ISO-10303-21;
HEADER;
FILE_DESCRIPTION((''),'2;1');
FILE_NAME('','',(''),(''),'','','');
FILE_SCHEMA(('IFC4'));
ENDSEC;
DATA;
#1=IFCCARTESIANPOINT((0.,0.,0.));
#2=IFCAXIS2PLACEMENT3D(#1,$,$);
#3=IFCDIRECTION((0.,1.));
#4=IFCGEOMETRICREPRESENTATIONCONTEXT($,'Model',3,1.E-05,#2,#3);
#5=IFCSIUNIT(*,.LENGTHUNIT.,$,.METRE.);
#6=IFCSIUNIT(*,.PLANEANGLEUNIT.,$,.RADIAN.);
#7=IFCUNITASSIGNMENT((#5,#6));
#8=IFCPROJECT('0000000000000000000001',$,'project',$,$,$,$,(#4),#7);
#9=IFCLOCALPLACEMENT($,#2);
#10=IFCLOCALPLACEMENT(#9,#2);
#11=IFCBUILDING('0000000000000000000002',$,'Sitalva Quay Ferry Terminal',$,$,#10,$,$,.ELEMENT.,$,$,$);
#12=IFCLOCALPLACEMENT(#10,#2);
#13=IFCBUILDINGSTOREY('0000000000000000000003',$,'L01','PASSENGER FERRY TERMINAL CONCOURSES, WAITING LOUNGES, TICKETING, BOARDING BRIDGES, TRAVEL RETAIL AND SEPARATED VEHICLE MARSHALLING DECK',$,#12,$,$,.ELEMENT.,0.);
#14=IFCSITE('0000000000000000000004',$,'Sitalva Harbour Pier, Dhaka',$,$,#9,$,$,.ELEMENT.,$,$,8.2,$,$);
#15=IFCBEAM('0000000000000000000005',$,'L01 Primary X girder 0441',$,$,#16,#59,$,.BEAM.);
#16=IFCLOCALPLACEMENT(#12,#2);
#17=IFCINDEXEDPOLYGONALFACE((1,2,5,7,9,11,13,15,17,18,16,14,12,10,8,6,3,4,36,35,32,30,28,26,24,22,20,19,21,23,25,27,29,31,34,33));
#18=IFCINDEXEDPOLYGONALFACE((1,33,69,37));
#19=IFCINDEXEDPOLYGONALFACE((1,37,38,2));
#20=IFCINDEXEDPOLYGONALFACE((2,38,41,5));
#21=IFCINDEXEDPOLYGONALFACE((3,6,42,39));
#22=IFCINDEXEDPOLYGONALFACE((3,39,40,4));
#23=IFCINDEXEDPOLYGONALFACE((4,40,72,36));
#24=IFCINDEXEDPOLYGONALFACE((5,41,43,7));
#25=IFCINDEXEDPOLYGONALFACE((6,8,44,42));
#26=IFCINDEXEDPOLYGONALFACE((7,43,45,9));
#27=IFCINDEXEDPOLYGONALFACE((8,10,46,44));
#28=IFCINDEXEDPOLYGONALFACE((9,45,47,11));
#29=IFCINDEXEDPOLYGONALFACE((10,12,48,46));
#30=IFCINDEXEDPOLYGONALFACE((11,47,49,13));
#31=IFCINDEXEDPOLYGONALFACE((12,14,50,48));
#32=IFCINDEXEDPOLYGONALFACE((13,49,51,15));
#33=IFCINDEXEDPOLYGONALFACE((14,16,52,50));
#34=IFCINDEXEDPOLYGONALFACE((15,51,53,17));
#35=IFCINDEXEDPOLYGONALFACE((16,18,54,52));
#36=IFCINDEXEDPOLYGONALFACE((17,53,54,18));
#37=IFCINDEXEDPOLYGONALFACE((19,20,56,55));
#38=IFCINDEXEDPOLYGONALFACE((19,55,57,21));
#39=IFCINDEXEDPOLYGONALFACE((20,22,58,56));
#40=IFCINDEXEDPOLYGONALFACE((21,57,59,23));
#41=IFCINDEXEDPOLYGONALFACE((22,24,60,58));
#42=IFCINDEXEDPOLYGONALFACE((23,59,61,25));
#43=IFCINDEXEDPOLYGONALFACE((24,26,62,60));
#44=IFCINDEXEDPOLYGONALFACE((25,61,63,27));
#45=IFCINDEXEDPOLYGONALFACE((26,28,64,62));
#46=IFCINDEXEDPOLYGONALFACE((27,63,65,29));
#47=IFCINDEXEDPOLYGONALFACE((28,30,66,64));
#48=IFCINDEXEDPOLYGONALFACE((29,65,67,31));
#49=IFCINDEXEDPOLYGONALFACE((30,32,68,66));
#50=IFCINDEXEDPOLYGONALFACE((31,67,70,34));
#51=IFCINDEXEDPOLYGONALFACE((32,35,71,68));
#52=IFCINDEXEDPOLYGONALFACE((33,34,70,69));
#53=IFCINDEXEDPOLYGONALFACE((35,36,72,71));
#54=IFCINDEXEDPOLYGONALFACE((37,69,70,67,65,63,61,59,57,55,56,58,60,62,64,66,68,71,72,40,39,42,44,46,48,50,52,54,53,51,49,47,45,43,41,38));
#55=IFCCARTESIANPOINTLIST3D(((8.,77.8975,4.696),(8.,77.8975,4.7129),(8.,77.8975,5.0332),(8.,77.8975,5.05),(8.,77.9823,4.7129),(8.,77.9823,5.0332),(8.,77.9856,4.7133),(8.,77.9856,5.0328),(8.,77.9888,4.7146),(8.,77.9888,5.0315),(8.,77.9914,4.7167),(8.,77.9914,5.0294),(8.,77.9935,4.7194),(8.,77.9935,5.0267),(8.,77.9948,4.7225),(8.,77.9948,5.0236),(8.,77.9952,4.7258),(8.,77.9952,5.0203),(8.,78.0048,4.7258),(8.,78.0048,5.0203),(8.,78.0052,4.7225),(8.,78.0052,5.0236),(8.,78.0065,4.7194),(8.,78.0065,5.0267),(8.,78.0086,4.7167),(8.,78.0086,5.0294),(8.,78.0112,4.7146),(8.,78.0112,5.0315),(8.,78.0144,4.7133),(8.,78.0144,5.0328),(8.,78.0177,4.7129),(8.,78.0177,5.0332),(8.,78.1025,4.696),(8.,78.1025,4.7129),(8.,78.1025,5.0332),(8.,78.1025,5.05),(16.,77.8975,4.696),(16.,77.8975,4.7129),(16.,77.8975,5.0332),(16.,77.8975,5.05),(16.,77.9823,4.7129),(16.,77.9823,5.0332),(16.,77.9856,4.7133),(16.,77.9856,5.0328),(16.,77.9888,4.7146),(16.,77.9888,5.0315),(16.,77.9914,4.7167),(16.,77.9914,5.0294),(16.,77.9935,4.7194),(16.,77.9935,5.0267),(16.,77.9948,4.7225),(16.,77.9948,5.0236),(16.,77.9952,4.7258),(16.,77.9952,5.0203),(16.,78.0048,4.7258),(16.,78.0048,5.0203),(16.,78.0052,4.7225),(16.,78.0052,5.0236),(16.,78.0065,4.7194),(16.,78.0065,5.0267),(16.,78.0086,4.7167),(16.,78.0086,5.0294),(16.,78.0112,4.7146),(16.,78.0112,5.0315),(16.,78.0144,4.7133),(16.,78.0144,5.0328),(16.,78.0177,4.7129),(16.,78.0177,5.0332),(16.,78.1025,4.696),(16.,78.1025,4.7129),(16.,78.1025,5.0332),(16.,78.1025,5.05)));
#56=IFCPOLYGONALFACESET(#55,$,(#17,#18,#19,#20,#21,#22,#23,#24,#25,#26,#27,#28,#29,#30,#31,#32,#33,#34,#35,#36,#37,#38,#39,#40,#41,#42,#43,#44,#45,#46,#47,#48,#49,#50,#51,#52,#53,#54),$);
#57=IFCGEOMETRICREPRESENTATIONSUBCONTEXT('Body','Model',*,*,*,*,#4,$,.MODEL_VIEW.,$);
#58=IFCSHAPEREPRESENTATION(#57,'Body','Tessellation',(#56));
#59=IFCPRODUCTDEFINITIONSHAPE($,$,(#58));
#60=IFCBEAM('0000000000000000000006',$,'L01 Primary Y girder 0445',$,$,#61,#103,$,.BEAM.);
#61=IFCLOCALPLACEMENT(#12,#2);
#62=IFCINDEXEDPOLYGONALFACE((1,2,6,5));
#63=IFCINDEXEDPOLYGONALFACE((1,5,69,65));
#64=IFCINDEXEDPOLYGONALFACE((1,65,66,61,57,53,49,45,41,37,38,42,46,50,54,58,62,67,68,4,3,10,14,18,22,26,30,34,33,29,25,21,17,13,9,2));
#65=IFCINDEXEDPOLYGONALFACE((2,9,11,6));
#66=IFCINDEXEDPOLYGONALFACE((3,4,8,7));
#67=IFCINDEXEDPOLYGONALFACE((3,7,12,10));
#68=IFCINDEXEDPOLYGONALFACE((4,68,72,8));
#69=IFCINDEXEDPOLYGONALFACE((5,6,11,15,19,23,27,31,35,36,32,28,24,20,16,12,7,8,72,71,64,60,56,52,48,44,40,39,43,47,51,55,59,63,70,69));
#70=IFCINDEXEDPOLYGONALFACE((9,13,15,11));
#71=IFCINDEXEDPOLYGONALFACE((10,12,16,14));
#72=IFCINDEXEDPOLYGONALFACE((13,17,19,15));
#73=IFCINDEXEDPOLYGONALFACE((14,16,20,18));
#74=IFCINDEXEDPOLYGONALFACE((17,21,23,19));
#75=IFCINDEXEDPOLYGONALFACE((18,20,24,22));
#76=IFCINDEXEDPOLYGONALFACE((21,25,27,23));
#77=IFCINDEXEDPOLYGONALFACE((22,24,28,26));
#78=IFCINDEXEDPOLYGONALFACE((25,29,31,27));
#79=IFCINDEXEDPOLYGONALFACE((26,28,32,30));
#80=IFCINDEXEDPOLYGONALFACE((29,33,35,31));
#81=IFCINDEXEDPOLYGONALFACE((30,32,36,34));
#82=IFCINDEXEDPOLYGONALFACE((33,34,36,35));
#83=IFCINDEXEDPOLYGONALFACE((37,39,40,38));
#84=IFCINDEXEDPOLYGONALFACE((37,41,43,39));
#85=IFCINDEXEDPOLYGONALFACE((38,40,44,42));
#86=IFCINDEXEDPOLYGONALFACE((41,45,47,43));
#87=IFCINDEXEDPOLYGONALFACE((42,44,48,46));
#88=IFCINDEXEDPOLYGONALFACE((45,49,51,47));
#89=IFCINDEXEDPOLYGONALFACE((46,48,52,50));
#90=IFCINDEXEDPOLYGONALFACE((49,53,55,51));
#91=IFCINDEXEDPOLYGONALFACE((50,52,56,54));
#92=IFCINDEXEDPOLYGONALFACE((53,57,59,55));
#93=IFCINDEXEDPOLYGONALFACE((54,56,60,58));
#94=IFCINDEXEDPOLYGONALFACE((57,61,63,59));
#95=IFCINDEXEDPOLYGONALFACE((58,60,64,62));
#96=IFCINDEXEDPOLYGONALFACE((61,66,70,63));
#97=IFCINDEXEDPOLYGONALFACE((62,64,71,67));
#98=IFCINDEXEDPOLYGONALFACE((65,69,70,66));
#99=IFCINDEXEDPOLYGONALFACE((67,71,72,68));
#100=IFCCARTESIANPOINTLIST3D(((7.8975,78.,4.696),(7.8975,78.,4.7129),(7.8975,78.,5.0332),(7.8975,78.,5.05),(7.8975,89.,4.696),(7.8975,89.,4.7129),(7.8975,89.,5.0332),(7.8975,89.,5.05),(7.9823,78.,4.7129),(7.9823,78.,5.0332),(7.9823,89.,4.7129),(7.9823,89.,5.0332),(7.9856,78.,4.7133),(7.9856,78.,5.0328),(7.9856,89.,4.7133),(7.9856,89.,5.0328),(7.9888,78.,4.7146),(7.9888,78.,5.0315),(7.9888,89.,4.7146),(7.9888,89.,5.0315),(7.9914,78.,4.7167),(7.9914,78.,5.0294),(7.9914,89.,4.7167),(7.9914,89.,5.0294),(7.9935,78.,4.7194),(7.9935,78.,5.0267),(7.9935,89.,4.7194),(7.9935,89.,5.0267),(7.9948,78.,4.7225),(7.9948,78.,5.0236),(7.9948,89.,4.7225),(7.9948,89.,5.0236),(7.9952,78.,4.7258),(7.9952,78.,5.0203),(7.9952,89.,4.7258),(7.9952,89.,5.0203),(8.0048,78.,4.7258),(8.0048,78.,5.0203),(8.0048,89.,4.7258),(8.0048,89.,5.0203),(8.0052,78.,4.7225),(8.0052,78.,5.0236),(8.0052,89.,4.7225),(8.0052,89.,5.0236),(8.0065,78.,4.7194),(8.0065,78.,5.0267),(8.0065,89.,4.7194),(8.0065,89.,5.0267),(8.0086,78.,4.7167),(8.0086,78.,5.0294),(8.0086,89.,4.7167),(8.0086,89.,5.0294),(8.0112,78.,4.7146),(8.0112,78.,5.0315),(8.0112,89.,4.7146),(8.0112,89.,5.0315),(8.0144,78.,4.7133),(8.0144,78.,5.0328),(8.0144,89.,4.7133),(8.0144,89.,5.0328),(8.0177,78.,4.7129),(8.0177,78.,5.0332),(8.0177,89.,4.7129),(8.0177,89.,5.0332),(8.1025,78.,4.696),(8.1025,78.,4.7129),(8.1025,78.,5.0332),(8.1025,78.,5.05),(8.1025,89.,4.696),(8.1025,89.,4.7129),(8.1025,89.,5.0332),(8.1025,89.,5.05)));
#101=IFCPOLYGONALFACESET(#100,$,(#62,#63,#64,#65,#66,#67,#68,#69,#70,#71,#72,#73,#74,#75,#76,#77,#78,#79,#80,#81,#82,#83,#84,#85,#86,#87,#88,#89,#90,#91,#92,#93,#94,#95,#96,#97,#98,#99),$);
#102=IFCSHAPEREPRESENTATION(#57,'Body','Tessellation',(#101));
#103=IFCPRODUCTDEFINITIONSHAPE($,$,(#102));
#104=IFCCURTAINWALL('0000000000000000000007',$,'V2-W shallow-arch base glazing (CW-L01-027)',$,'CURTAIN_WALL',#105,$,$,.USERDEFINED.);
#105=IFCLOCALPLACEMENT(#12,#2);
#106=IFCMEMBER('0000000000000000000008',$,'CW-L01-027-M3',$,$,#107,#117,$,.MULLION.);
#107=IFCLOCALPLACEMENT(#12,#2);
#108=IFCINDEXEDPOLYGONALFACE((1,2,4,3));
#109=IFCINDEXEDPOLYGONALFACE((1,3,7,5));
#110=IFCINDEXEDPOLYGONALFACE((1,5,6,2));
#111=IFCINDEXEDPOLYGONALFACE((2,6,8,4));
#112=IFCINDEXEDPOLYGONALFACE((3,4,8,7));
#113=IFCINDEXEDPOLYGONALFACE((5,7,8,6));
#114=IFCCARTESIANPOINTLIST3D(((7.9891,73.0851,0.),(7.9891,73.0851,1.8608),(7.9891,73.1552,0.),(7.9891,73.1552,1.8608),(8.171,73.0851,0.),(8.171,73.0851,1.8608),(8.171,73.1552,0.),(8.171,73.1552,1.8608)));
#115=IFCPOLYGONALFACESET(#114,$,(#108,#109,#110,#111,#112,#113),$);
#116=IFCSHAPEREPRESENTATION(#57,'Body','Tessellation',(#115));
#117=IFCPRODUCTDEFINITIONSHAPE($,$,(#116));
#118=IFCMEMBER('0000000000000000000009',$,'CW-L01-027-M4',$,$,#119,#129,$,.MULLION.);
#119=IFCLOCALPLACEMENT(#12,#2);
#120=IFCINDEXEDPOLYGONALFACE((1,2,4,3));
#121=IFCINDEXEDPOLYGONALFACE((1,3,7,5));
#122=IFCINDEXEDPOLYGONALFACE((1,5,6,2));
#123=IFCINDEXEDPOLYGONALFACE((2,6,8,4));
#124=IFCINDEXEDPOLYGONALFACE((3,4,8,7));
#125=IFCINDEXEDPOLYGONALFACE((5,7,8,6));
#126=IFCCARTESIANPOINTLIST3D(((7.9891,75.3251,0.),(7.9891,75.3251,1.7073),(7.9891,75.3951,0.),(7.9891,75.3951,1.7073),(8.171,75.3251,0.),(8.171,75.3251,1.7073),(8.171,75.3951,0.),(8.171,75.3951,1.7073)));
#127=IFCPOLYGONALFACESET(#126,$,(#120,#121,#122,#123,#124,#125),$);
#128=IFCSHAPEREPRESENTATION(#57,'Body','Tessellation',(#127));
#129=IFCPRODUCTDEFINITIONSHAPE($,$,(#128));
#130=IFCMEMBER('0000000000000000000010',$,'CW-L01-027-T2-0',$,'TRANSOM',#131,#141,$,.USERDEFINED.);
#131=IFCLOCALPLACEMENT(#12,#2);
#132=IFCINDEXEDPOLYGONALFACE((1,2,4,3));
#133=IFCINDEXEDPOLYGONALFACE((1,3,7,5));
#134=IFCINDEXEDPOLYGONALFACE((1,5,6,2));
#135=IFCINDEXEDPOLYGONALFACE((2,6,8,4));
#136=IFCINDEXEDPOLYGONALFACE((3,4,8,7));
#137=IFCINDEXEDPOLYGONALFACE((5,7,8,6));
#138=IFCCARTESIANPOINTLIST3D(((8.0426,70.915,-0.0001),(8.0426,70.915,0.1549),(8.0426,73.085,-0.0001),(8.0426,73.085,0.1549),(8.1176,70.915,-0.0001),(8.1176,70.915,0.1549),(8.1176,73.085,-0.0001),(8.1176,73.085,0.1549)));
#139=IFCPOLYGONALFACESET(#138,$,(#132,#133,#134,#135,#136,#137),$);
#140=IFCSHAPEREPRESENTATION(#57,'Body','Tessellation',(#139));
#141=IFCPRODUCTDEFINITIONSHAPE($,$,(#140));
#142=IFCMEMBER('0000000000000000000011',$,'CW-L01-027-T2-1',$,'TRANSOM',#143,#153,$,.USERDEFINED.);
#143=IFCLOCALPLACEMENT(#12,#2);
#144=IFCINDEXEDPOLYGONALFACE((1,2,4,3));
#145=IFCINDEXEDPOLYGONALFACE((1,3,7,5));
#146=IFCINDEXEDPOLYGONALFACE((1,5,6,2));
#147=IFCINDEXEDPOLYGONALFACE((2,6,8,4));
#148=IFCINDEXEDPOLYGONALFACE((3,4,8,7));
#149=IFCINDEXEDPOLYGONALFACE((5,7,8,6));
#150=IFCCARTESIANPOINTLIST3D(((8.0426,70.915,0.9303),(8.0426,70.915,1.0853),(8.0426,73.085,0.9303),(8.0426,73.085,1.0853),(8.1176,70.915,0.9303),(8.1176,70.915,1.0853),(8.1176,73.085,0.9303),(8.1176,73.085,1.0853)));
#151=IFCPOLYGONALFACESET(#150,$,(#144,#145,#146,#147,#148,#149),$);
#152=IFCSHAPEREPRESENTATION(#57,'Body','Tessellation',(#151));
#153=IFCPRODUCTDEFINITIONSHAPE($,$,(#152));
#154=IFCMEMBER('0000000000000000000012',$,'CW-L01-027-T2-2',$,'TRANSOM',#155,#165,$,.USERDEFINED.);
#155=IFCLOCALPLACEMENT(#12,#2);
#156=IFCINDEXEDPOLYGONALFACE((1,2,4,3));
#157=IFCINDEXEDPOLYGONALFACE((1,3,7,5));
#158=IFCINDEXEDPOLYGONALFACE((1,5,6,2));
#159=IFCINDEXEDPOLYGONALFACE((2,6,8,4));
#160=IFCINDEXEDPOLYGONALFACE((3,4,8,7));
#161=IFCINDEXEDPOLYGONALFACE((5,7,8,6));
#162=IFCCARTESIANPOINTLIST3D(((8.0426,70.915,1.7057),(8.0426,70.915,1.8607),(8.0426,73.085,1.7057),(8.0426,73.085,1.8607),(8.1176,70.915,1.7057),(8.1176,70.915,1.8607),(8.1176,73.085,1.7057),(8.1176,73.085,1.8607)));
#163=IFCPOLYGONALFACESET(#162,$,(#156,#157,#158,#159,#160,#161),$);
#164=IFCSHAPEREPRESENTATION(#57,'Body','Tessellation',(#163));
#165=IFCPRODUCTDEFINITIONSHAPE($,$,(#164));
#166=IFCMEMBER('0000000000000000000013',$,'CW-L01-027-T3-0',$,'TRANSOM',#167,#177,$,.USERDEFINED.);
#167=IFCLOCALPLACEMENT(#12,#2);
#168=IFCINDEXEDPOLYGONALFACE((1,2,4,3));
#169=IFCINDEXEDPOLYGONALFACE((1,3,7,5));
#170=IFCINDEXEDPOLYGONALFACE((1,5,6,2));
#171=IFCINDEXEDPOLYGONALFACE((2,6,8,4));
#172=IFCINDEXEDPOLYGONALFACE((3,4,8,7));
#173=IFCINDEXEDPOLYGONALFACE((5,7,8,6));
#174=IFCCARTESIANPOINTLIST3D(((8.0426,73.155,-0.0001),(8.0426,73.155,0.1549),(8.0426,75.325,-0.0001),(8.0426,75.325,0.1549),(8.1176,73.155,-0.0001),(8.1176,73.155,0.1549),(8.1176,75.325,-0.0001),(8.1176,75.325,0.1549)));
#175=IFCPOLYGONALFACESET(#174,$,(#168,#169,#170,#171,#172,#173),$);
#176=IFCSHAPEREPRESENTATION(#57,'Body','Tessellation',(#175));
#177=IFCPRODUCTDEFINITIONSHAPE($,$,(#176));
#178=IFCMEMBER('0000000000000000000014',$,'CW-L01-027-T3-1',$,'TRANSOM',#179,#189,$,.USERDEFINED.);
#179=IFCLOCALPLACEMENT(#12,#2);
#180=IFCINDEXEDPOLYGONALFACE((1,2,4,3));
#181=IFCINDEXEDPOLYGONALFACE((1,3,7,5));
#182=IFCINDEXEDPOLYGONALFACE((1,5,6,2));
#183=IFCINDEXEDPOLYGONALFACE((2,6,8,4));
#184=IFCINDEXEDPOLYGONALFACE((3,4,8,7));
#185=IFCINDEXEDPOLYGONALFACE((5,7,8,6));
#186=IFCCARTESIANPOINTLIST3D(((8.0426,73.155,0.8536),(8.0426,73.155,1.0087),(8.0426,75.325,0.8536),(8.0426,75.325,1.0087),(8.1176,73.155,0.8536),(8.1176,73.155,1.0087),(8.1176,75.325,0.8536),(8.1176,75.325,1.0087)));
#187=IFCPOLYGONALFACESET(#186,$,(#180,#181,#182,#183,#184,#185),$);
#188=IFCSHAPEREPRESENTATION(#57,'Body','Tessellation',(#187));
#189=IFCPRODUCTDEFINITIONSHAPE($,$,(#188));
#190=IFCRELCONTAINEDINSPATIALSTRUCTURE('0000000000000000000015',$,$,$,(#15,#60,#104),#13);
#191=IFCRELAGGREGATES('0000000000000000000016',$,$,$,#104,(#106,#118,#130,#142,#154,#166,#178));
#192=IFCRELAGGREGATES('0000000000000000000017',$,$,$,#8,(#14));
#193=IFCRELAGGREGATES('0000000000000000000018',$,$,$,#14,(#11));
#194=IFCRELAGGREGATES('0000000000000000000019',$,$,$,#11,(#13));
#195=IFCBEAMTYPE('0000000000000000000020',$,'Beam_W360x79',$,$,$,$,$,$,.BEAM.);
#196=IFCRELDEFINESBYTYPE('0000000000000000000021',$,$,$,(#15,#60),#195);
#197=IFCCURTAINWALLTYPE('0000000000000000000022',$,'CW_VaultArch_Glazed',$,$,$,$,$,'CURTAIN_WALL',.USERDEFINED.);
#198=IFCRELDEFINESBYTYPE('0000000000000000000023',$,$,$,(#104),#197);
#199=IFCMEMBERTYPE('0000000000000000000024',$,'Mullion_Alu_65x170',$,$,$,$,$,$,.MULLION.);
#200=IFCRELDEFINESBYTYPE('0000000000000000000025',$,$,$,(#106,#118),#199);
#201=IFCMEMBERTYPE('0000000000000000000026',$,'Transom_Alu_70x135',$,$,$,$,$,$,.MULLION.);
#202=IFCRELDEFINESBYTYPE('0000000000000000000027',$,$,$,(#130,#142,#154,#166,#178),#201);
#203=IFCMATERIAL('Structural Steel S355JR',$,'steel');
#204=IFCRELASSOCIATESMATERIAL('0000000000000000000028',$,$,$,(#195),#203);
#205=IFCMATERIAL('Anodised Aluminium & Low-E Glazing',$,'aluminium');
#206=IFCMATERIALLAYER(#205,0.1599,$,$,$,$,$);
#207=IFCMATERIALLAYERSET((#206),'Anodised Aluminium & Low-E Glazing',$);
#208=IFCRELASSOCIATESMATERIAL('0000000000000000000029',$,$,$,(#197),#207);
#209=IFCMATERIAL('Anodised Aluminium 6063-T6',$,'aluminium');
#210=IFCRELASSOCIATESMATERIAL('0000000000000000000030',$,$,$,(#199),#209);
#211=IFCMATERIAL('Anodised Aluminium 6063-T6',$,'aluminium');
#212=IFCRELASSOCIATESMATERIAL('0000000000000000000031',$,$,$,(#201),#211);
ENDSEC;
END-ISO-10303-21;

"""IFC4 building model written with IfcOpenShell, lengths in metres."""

from ifc_helpers import new_model, si_unit, direction, frame, origin, origin_2d, place, context, subcontext, project, spatial, rectangle, i_section, extrude, material, layer, layer_set, material_profile, profile_set, type_object, element, aggregate, save


model = new_model("IFC4")

# Units and contexts
model_context = context("Model", 3, precision=1e-05, world=origin(), true_north=direction((0.0, 1.0)))
body_context = subcontext(model_context, "Body", "Model", "MODEL_VIEW")
ifc_project = project(units=[si_unit("LENGTHUNIT", "METRE"), si_unit("PLANEANGLEUNIT", "RADIAN")], contexts=[model_context])

# Site, building, storey
site_placement = place(None, origin())
site = spatial("IfcSite", under=ifc_project, at=site_placement, Name="Sitalva Harbour Pier, Dhaka", CompositionType="ELEMENT", RefElevation=8.2)
building_placement = place(site_placement, origin())
building = spatial("IfcBuilding", under=site, at=building_placement, Name="Sitalva Quay Ferry Terminal", CompositionType="ELEMENT")
storey_placement = place(building_placement, origin())
storey = spatial("IfcBuildingStorey", under=building, at=storey_placement, Name="L01", Description="PASSENGER FERRY TERMINAL CONCOURSES, WAITING LOUNGES, TICKETING, BOARDING BRIDGES, TRAVEL RETAIL AND SEPARATED VEHICLE MARSHALLING DECK", CompositionType="ELEMENT", Elevation=0.0)

# Beams
ifc_material_1 = material(Name="Structural Steel S355JR", Category="steel")
ifc_material_profile_1 = material_profile(ifc_material_1, i_section(OverallWidth=0.2051, OverallDepth=0.354, WebThickness=0.0095, FlangeThickness=0.0168, FilletRadius=0.0129, at=origin_2d()), Name="W360x79")
ifc_profile_set_1 = profile_set([ifc_material_profile_1], Name="Structural Steel S355JR")
beam_type_1 = type_object("IfcBeamType", Name="Beam_W360x79", PredefinedType="BEAM", material=ifc_profile_set_1)
beam_1_placement = place(storey_placement, frame((8.0, 78.0, 4.873), z_axis=(1.0, 0.0, 0.0), x_axis=(0.0, 1.0, 0.0)))
element("IfcBeam", 1, at=beam_1_placement, inside=storey, type_object=beam_type_1, Name="L01 Primary X girder 0441", PredefinedType="BEAM", context=body_context, shape_type="SweptSolid", body=[
    extrude(i_section(OverallWidth=0.2051, OverallDepth=0.354, WebThickness=0.0095, FlangeThickness=0.0168, FilletRadius=0.0129, at=origin_2d()), origin(), (0.0, 0.0, 1.0), 8.0),
])
beam_2_placement = place(storey_placement, frame((8.0, 78.0, 4.873), z_axis=(0.0, 1.0, 0.0), x_axis=(-1.0, 0.0, 0.0)))
element("IfcBeam", 2, at=beam_2_placement, inside=storey, type_object=beam_type_1, Name="L01 Primary Y girder 0445", PredefinedType="BEAM", context=body_context, shape_type="SweptSolid", body=[
    extrude(i_section(OverallWidth=0.2051, OverallDepth=0.354, WebThickness=0.0095, FlangeThickness=0.0168, FilletRadius=0.0129, at=origin_2d()), origin(), (0.0, 0.0, 1.0), 11.0),
])

# Curtain wall, members
ifc_material_2 = material(Name="Anodised Aluminium & Low-E Glazing", Category="aluminium")
ifc_layer_1 = layer(ifc_material_2, 0.1599)
ifc_layer_set_1 = layer_set([ifc_layer_1], Name="Anodised Aluminium & Low-E Glazing")
curtain_wall_type = type_object("IfcCurtainWallType", Name="CW_VaultArch_Glazed", ElementType="CURTAIN_WALL", PredefinedType="USERDEFINED", material=ifc_layer_set_1)
curtain_wall_placement = place(storey_placement, origin())
curtain_wall = element("IfcCurtainWall", 3, at=curtain_wall_placement, inside=storey, type_object=curtain_wall_type, Name="V2-W shallow-arch base glazing (CW-L01-027)", ObjectType="CURTAIN_WALL", PredefinedType="USERDEFINED")
ifc_material_3 = material(Name="Anodised Aluminium 6063-T6", Category="aluminium")
ifc_material_profile_2 = material_profile(ifc_material_3, rectangle(XDim=0.0701, YDim=0.1819, at=origin_2d()), Name="ALU70x182")
ifc_profile_set_2 = profile_set([ifc_material_profile_2], Name="Anodised Aluminium 6063-T6")
member_type_1 = type_object("IfcMemberType", Name="Mullion_Alu_65x170", PredefinedType="MULLION", material=ifc_profile_set_2)
member_1_placement = place(storey_placement, frame((8.0801, 73.1201, 0.0), z_axis=(0.0, 0.0, 1.0), x_axis=(0.0, 1.0, 0.0)))
member_1 = element("IfcMember", 4, at=member_1_placement, type_object=member_type_1, Name="CW-L01-027-M3", PredefinedType="MULLION", context=body_context, shape_type="SweptSolid", body=[
    extrude(rectangle(XDim=0.0701, YDim=0.1819, at=origin_2d()), origin(), (0.0, 0.0, 1.0), 1.8608),
])
member_2_placement = place(storey_placement, frame((8.0801, 75.3601, 0.0), z_axis=(0.0, 0.0, 1.0), x_axis=(0.0, 1.0, 0.0)))
member_2 = element("IfcMember", 5, at=member_2_placement, type_object=member_type_1, Name="CW-L01-027-M4", PredefinedType="MULLION", context=body_context, shape_type="SweptSolid", body=[
    extrude(rectangle(XDim=0.0701, YDim=0.1819, at=origin_2d()), origin(), (0.0, 0.0, 1.0), 1.7073),
])
ifc_material_4 = material(Name="Anodised Aluminium 6063-T6", Category="aluminium")
ifc_material_profile_3 = material_profile(ifc_material_4, rectangle(XDim=0.075, YDim=0.155, at=origin_2d()), Name="ALU75x155")
ifc_profile_set_3 = profile_set([ifc_material_profile_3], Name="Anodised Aluminium 6063-T6")
member_type_2 = type_object("IfcMemberType", Name="Transom_Alu_70x135", PredefinedType="MULLION", material=ifc_profile_set_3)
member_3_placement = place(storey_placement, frame((8.0801, 70.915, 0.0774), z_axis=(0.0, 1.0, 0.0), x_axis=(-1.0, 0.0, 0.0)))
member_3 = element("IfcMember", 6, at=member_3_placement, type_object=member_type_2, Name="CW-L01-027-T2-0", ObjectType="TRANSOM", PredefinedType="USERDEFINED", context=body_context, shape_type="SweptSolid", body=[
    extrude(rectangle(XDim=0.075, YDim=0.155, at=origin_2d()), origin(), (0.0, 0.0, 1.0), 2.1699),
])
member_4_placement = place(storey_placement, frame((8.0801, 70.915, 1.0078), z_axis=(0.0, 1.0, 0.0), x_axis=(-1.0, 0.0, 0.0)))
member_4 = element("IfcMember", 7, at=member_4_placement, type_object=member_type_2, Name="CW-L01-027-T2-1", ObjectType="TRANSOM", PredefinedType="USERDEFINED", context=body_context, shape_type="SweptSolid", body=[
    extrude(rectangle(XDim=0.075, YDim=0.155, at=origin_2d()), origin(), (0.0, 0.0, 1.0), 2.1699),
])
member_5_placement = place(storey_placement, frame((8.0801, 70.915, 1.7832), z_axis=(0.0, 1.0, 0.0), x_axis=(-1.0, 0.0, 0.0)))
member_5 = element("IfcMember", 8, at=member_5_placement, type_object=member_type_2, Name="CW-L01-027-T2-2", ObjectType="TRANSOM", PredefinedType="USERDEFINED", context=body_context, shape_type="SweptSolid", body=[
    extrude(rectangle(XDim=0.075, YDim=0.155, at=origin_2d()), origin(), (0.0, 0.0, 1.0), 2.1699),
])
member_6_placement = place(storey_placement, frame((8.0801, 73.155, 0.0774), z_axis=(0.0, 1.0, 0.0), x_axis=(-1.0, 0.0, 0.0)))
member_6 = element("IfcMember", 9, at=member_6_placement, type_object=member_type_2, Name="CW-L01-027-T3-0", ObjectType="TRANSOM", PredefinedType="USERDEFINED", context=body_context, shape_type="SweptSolid", body=[
    extrude(rectangle(XDim=0.075, YDim=0.155, at=origin_2d()), origin(), (0.0, 0.0, 1.0), 2.1699),
])
member_7_placement = place(storey_placement, frame((8.0801, 73.155, 0.9312), z_axis=(0.0, 1.0, 0.0), x_axis=(-1.0, 0.0, 0.0)))
member_7 = element("IfcMember", 10, at=member_7_placement, type_object=member_type_2, Name="CW-L01-027-T3-1", ObjectType="TRANSOM", PredefinedType="USERDEFINED", context=body_context, shape_type="SweptSolid", body=[
    extrude(rectangle(XDim=0.075, YDim=0.155, at=origin_2d()), origin(), (0.0, 0.0, 1.0), 2.1699),
])
aggregate(curtain_wall, [member_1, member_2, member_3, member_4, member_5, member_6, member_7])

save(model, "model.ifc")
